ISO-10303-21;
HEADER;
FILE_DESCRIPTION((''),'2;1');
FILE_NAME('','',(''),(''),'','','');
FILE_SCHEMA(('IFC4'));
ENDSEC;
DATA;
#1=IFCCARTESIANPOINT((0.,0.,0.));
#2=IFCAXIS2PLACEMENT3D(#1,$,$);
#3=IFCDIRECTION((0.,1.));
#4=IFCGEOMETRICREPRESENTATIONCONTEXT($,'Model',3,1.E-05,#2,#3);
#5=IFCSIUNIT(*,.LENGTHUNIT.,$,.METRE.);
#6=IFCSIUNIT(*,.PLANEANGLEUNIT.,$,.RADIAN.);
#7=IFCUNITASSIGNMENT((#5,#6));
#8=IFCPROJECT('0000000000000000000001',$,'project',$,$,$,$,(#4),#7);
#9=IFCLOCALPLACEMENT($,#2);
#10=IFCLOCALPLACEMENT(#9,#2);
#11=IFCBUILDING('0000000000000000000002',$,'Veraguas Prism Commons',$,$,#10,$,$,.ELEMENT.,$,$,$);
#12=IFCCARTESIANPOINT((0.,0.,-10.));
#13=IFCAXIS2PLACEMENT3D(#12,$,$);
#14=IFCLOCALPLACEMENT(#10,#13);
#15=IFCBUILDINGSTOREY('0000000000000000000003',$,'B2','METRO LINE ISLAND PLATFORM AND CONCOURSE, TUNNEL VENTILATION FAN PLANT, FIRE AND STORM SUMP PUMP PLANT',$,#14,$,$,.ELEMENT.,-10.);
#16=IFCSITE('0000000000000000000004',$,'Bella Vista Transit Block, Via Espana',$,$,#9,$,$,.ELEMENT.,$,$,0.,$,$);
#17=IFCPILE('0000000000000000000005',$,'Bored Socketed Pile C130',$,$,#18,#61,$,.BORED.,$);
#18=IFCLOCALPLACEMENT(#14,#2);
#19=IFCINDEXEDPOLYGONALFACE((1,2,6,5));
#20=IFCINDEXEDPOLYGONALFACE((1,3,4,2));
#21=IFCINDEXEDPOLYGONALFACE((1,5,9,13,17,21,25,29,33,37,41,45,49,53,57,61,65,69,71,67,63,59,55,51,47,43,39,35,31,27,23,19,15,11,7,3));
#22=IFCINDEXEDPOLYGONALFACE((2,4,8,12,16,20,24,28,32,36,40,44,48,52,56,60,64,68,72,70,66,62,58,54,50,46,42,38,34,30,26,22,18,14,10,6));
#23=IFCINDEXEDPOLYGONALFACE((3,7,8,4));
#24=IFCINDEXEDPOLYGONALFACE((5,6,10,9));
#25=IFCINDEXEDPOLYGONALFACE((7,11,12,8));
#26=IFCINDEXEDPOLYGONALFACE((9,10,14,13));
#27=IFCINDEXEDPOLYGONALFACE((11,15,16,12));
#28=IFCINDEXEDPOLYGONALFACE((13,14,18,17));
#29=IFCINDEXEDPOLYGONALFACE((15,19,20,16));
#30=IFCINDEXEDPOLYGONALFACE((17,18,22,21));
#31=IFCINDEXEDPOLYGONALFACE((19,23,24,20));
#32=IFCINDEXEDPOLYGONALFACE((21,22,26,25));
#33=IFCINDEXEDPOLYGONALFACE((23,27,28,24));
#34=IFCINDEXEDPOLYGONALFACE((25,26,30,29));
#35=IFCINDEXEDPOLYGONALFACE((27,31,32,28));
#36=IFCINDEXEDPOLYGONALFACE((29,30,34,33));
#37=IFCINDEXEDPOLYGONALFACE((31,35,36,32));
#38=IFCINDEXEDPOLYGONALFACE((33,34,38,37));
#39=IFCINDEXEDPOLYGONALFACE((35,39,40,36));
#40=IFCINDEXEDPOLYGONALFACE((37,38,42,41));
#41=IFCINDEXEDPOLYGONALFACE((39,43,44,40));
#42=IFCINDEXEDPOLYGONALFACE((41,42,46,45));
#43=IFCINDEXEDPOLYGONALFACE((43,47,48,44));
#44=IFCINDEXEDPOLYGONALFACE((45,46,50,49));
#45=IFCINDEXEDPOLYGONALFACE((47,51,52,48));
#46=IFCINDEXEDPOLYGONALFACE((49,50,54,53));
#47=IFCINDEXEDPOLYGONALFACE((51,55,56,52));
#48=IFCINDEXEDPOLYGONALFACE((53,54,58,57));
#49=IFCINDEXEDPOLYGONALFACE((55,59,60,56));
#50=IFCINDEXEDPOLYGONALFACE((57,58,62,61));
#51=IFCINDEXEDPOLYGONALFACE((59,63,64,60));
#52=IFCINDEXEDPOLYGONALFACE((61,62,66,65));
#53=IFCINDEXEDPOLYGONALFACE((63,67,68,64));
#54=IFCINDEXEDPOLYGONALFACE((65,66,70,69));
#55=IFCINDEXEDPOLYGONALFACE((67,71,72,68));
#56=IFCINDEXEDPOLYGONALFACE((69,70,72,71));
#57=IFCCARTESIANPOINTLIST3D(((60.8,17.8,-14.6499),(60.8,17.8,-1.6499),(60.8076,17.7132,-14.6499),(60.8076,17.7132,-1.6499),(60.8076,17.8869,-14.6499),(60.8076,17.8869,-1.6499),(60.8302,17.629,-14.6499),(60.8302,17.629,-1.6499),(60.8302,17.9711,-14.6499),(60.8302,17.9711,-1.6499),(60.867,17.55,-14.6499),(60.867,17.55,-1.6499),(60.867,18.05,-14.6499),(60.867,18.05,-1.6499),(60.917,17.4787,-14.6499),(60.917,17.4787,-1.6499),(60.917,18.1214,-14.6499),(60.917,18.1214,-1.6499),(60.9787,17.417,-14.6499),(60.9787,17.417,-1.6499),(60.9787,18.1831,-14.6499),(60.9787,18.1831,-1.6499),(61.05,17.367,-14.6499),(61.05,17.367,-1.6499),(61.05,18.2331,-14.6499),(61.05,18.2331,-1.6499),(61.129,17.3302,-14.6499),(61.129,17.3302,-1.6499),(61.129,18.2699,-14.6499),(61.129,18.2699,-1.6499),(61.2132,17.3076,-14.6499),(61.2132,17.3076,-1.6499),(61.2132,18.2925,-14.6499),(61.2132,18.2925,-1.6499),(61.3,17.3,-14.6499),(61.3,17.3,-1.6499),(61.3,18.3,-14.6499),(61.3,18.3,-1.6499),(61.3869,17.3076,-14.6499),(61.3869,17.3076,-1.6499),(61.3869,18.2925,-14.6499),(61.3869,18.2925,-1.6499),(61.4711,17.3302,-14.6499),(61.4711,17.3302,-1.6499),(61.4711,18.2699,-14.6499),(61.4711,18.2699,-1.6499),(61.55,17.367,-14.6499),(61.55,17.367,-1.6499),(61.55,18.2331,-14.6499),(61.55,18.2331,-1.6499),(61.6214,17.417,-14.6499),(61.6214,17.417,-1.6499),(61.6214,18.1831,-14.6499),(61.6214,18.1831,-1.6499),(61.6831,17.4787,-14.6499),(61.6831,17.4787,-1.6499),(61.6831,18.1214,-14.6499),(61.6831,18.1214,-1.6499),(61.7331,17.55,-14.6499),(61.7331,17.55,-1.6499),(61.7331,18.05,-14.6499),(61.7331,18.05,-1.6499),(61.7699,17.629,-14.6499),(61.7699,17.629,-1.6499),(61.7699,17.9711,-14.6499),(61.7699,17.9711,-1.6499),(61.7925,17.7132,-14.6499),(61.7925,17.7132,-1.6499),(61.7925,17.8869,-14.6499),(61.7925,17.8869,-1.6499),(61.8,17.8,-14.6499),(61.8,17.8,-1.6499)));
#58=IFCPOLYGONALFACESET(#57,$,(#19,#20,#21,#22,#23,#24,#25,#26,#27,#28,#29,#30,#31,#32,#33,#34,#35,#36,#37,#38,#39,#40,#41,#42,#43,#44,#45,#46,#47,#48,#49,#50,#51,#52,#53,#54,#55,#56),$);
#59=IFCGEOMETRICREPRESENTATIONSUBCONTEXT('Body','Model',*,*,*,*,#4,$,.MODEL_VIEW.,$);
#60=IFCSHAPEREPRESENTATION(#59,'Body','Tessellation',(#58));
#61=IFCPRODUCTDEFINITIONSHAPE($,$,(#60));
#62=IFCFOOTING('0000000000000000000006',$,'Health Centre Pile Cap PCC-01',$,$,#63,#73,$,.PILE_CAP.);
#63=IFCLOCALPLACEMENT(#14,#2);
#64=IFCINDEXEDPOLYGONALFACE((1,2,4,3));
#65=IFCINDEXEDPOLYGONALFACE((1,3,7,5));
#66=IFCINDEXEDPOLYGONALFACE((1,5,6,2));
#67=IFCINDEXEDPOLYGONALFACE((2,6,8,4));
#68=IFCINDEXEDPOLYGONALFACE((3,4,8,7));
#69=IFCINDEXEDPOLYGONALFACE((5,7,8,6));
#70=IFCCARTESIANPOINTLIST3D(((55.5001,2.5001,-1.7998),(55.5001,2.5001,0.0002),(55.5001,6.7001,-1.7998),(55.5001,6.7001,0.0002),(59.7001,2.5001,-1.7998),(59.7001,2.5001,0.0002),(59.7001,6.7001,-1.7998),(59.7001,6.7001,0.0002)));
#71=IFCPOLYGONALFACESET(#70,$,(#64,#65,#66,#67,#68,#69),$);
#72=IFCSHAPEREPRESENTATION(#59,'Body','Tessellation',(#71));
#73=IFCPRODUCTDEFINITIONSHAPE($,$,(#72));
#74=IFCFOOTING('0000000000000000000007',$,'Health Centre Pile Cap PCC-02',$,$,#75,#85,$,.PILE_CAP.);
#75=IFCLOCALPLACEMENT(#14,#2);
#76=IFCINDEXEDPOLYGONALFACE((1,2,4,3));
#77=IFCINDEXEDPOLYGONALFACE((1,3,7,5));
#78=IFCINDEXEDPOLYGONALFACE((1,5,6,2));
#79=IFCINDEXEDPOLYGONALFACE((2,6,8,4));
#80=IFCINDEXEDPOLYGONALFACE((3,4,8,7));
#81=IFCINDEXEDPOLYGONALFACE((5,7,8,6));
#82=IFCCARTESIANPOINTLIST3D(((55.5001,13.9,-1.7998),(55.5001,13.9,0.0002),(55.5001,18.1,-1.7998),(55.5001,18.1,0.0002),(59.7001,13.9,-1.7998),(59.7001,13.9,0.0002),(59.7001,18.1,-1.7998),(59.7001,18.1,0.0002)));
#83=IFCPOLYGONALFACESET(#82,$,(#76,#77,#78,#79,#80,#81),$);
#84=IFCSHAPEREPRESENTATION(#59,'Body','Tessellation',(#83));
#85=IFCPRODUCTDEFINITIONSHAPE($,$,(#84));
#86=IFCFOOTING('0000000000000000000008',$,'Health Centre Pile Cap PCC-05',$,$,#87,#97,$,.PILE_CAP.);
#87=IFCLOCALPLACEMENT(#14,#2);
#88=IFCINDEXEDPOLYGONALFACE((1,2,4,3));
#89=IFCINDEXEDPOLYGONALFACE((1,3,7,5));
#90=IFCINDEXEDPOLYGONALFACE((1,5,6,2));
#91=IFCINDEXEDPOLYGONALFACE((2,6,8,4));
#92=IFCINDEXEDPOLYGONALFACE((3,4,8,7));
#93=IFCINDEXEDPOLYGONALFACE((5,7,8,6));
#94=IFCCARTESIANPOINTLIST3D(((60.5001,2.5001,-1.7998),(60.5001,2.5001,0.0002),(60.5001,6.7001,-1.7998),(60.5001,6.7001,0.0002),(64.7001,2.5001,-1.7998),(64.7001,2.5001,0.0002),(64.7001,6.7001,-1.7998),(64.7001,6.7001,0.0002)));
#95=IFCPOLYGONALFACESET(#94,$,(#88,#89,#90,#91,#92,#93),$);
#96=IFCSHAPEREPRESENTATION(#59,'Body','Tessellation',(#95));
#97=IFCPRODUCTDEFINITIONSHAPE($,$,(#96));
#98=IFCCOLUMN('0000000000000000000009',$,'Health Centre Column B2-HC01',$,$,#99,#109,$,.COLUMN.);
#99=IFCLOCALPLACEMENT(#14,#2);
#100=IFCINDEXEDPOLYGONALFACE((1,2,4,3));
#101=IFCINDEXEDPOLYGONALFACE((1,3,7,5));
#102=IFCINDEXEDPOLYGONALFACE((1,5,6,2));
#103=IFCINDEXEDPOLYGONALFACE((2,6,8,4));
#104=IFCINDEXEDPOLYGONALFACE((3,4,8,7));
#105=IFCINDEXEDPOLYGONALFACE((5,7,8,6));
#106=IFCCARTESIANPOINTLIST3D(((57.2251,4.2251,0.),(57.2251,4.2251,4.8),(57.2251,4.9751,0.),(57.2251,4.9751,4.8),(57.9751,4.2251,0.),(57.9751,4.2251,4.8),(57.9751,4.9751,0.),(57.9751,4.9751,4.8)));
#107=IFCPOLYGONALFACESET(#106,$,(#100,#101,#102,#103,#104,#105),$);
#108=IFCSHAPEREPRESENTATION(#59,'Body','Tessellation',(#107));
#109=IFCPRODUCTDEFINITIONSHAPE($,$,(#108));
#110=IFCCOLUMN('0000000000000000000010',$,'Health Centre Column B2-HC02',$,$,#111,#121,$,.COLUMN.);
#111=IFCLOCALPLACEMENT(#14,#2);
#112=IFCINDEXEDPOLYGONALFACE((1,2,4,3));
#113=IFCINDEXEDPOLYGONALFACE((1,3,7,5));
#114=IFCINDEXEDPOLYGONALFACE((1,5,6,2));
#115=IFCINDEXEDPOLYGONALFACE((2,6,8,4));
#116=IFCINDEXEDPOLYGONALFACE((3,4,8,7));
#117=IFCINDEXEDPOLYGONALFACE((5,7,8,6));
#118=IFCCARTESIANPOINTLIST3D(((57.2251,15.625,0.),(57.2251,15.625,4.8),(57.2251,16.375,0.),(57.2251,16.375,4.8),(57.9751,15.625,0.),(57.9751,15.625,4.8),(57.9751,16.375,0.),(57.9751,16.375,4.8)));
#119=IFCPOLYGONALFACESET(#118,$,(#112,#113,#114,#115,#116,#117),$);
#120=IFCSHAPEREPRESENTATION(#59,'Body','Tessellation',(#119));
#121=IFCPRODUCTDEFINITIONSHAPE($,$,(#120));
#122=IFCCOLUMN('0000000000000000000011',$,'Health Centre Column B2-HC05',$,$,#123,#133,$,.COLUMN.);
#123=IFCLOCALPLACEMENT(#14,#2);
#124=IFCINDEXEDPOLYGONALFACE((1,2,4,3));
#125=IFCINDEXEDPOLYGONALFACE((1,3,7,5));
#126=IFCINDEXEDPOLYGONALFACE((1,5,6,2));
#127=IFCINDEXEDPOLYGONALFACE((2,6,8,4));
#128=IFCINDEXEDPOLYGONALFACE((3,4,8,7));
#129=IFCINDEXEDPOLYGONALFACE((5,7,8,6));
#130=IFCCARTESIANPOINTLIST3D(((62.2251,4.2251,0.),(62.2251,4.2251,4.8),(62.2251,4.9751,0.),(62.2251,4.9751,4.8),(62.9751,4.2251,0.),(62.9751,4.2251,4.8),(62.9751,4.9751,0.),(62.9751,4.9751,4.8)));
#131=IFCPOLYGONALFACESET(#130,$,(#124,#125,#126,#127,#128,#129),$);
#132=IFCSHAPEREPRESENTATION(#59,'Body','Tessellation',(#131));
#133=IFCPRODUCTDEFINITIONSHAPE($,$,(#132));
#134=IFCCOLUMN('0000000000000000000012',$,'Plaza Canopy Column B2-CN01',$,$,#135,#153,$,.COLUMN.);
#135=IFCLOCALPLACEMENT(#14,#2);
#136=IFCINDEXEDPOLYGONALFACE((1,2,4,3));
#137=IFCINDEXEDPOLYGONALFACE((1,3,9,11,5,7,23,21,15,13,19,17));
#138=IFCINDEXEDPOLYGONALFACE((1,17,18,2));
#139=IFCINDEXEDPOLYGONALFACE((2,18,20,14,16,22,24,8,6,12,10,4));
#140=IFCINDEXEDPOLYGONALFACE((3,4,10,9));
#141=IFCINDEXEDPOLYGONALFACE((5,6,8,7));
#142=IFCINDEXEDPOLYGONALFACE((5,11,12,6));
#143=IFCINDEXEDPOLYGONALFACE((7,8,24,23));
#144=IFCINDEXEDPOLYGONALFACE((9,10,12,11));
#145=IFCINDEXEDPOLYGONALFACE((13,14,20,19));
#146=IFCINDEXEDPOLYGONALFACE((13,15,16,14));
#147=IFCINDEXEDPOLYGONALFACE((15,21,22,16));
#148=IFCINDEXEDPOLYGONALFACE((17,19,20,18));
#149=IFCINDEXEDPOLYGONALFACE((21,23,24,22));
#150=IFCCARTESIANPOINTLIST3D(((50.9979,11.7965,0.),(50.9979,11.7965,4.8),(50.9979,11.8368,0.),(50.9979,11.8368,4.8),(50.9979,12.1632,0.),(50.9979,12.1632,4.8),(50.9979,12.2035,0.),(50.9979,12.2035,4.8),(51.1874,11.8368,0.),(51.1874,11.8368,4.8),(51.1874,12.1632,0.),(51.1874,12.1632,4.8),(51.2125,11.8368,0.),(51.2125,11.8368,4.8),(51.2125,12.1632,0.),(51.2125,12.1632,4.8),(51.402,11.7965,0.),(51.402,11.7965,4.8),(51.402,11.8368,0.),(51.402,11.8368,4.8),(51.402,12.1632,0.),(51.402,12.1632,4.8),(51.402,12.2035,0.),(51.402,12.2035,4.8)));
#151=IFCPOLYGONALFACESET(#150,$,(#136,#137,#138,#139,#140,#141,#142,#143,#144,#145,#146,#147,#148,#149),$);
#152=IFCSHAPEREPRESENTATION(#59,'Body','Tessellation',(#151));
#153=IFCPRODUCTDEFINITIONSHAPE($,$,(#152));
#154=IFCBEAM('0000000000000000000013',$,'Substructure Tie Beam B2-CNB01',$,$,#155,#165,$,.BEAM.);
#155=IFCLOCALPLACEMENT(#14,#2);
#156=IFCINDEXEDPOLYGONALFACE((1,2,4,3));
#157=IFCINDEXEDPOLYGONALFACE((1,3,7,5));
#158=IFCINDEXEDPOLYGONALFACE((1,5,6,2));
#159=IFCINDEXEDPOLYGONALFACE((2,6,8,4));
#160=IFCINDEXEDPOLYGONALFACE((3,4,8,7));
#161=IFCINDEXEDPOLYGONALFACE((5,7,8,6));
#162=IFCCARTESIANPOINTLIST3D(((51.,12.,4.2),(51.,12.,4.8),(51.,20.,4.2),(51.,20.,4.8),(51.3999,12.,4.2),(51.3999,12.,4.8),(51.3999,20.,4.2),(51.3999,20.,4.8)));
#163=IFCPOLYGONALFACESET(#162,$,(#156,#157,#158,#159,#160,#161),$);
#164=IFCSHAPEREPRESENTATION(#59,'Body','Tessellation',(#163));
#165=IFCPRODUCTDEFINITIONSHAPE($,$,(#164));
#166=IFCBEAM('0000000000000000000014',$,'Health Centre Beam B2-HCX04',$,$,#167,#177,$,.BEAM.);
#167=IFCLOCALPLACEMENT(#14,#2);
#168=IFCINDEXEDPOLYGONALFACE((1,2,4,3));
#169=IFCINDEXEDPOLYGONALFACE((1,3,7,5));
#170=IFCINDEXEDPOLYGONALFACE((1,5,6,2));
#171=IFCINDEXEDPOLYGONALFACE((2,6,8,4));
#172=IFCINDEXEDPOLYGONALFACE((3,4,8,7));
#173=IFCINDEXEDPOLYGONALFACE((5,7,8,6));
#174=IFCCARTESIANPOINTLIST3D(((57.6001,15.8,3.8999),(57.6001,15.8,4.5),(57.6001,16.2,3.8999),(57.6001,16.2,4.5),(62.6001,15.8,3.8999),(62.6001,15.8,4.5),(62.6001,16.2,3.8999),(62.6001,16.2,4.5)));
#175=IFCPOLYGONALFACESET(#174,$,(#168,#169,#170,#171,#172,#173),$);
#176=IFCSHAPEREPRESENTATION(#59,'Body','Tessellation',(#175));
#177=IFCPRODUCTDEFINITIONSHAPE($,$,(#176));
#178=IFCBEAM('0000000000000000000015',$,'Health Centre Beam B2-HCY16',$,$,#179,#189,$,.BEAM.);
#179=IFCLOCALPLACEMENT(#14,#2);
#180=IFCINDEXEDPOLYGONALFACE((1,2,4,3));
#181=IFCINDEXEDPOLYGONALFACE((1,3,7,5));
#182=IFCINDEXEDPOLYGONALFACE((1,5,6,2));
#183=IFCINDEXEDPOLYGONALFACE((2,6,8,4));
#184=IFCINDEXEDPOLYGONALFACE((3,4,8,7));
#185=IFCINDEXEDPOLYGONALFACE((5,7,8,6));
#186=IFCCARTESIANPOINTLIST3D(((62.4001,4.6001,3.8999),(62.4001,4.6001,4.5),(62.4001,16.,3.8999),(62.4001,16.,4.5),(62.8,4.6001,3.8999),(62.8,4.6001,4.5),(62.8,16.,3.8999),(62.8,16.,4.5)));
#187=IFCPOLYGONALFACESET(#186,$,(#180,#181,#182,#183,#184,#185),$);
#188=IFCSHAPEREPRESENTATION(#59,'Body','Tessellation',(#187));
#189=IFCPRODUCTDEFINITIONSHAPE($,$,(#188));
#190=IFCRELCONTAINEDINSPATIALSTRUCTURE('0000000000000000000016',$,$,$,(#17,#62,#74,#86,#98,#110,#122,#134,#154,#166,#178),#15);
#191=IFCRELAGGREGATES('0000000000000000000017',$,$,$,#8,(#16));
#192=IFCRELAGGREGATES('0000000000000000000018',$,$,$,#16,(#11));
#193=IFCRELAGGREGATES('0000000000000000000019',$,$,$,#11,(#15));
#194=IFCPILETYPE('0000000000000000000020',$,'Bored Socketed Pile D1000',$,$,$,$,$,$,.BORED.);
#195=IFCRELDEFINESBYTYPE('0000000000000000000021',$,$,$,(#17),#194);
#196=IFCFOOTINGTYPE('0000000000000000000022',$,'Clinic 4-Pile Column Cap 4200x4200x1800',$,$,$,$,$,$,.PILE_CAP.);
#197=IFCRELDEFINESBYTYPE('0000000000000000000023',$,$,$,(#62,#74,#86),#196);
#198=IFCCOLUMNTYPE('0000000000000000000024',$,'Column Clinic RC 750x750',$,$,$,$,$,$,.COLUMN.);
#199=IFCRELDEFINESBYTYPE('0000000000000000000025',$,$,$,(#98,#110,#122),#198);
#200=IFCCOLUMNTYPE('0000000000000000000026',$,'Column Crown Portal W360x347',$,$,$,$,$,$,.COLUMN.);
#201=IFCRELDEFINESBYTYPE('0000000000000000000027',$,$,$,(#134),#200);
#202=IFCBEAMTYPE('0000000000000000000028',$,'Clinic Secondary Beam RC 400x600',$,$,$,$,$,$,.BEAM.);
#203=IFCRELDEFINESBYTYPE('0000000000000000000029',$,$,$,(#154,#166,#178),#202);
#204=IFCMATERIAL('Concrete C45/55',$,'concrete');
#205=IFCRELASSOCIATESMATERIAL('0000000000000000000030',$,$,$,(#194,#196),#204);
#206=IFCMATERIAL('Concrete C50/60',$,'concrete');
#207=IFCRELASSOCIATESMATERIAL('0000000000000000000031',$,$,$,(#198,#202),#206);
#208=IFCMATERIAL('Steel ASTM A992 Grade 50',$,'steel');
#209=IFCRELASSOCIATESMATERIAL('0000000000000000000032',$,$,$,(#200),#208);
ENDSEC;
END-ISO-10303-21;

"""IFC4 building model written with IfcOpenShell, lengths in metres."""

from ifc_helpers import new_model, si_unit, direction, frame, origin, origin_2d, place, context, subcontext, project, spatial, rectangle, circle, i_section, extrude, source, transform, mapped, material, material_profile, profile_set, type_object, element, save


model = new_model("IFC4")

# Units and contexts
model_context = context("Model", 3, precision=1e-05, world=origin(), true_north=direction((0.0, 1.0)))
body_context = subcontext(model_context, "Body", "Model", "MODEL_VIEW")
ifc_project = project(units=[si_unit("LENGTHUNIT", "METRE"), si_unit("PLANEANGLEUNIT", "RADIAN")], contexts=[model_context])

# Site, building, storey
site_placement = place(None, origin())
site = spatial("IfcSite", under=ifc_project, at=site_placement, Name="Bella Vista Transit Block, Via Espana", CompositionType="ELEMENT", RefElevation=0.0)
building_placement = place(site_placement, origin())
building = spatial("IfcBuilding", under=site, at=building_placement, Name="Veraguas Prism Commons", CompositionType="ELEMENT")
storey_placement = place(building_placement, frame((0.0, 0.0, -10.0)))
storey = spatial("IfcBuildingStorey", under=building, at=storey_placement, Name="B2", Description="METRO LINE ISLAND PLATFORM AND CONCOURSE, TUNNEL VENTILATION FAN PLANT, FIRE AND STORM SUMP PUMP PLANT", CompositionType="ELEMENT", Elevation=-10.0)

# Shared definitions
ifc_material_1 = material(Name="Concrete C45/55", Category="concrete")

# Pile
ifc_material_profile_1 = material_profile(ifc_material_1, circle(Radius=0.5, at=origin_2d()), Name="PILE1000")
ifc_profile_set_1 = profile_set([ifc_material_profile_1], Name="Concrete C45/55")
pile_type = type_object("IfcPileType", Name="Bored Socketed Pile D1000", PredefinedType="BORED", material=ifc_profile_set_1)
shared_shape_1 = source(origin(), body_context, "Body", "SweptSolid", [
    extrude(circle(Radius=0.5, at=origin_2d()), origin(), (0.0, 0.0, 1.0), 13.0),
])
for number, where, z_axis, x_axis, name in (
    (1, (61.3, 17.8, -1.6499), (0.0, 0.0, -1.0), (1.0, 0.0, 0.0), "Bored Socketed Pile C130"),
):
    element("IfcPile", number, at=place(storey_placement, frame(where, z_axis=z_axis, x_axis=x_axis)), inside=storey, type_object=pile_type, Name=name, PredefinedType="BORED", context=body_context, shape_type="MappedRepresentation", body=[
        mapped(shared_shape_1, transform((0.0, 0.0, 0.0), scale=1.0)),
    ])

# Footings
footing_type_1 = type_object("IfcFootingType", Name="Clinic 4-Pile Column Cap 4200x4200x1800", PredefinedType="PILE_CAP", material=ifc_material_1)
shared_shape_2 = source(origin(), body_context, "Body", "SweptSolid", [
    extrude(rectangle(XDim=4.2, YDim=4.2, at=origin_2d()), origin(), (0.0, 0.0, 1.0), 1.8),
])
for number, where, z_axis, x_axis, name in (
    (2, (57.6001, 4.6001, -1.7998), (0.0, 0.0, 1.0), (1.0, 0.0, 0.0), "Health Centre Pile Cap PCC-01"),
    (3, (57.6001, 16.0, -1.7998), (0.0, 0.0, 1.0), (1.0, 0.0, 0.0), "Health Centre Pile Cap PCC-02"),
    (4, (62.6001, 4.6001, -1.7998), (0.0, 0.0, 1.0), (1.0, 0.0, 0.0), "Health Centre Pile Cap PCC-05"),
):
    element("IfcFooting", number, at=place(storey_placement, frame(where, z_axis=z_axis, x_axis=x_axis)), inside=storey, type_object=footing_type_1, Name=name, PredefinedType="PILE_CAP", context=body_context, shape_type="MappedRepresentation", body=[
        mapped(shared_shape_2, transform((0.0, 0.0, 0.0), scale=1.0)),
    ])

# Columns
ifc_material_2 = material(Name="Concrete C50/60", Category="concrete")
ifc_material_profile_2 = material_profile(ifc_material_2, rectangle(XDim=0.75, YDim=0.75, at=origin_2d()), Name="RC750X750")
ifc_profile_set_2 = profile_set([ifc_material_profile_2], Name="Concrete C50/60")
column_type_1 = type_object("IfcColumnType", Name="Column Clinic RC 750x750", PredefinedType="COLUMN", material=ifc_profile_set_2)
for number, where, z_axis, x_axis, name in (
    (5, (57.6001, 4.6001, 0.0), (0.0, 0.0, 1.0), (1.0, 0.0, 0.0), "Health Centre Column B2-HC01"),
    (6, (57.6001, 16.0, 0.0), (0.0, 0.0, 1.0), (1.0, 0.0, 0.0), "Health Centre Column B2-HC02"),
    (7, (62.6001, 4.6001, 0.0), (0.0, 0.0, 1.0), (1.0, 0.0, 0.0), "Health Centre Column B2-HC05"),
):
    element("IfcColumn", number, at=place(storey_placement, frame(where, z_axis=z_axis, x_axis=x_axis)), inside=storey, type_object=column_type_1, Name=name, PredefinedType="COLUMN", context=body_context, shape_type="SweptSolid", body=[
        extrude(rectangle(XDim=0.75, YDim=0.75, at=origin_2d()), origin(), (0.0, 0.0, 1.0), 4.8),
    ])
ifc_material_3 = material(Name="Steel ASTM A992 Grade 50", Category="steel")
ifc_material_profile_3 = material_profile(ifc_material_3, i_section(OverallWidth=0.4041, OverallDepth=0.407, WebThickness=0.0251, FlangeThickness=0.0403, at=origin_2d()), Name="W360X347")
ifc_profile_set_3 = profile_set([ifc_material_profile_3], Name="Steel ASTM A992 Grade 50")
column_type_2 = type_object("IfcColumnType", Name="Column Crown Portal W360x347", PredefinedType="COLUMN", material=ifc_profile_set_3)
column_placement = place(storey_placement, frame((51.2, 12.0, 0.0), z_axis=(0.0, 0.0, 1.0), x_axis=(1.0, 0.0, 0.0)))
element("IfcColumn", 8, at=column_placement, inside=storey, type_object=column_type_2, Name="Plaza Canopy Column B2-CN01", PredefinedType="COLUMN", context=body_context, shape_type="SweptSolid", body=[
    extrude(i_section(OverallWidth=0.4041, OverallDepth=0.407, WebThickness=0.0251, FlangeThickness=0.0403, at=origin_2d()), origin(), (0.0, 0.0, 1.0), 4.8),
])

# Beams
ifc_material_profile_4 = material_profile(ifc_material_2, rectangle(XDim=0.3999, YDim=0.6001, at=origin_2d()), Name="RC400X600")
ifc_profile_set_4 = profile_set([ifc_material_profile_4], Name="Concrete C50/60")
beam_type_1 = type_object("IfcBeamType", Name="Clinic Secondary Beam RC 400x600", PredefinedType="BEAM", material=ifc_profile_set_4)
beam_1_placement = place(storey_placement, frame((51.2, 12.0, 4.5), z_axis=(0.0, 1.0, 0.0), x_axis=(-1.0, 0.0, 0.0)))
element("IfcBeam", 9, at=beam_1_placement, inside=storey, type_object=beam_type_1, Name="Substructure Tie Beam B2-CNB01", PredefinedType="BEAM", context=body_context, shape_type="SweptSolid", body=[
    extrude(rectangle(XDim=0.3999, YDim=0.6001, at=origin_2d()), origin(), (0.0, 0.0, 1.0), 8.0),
])
beam_2_placement = place(storey_placement, frame((57.6001, 16.0, 4.2), z_axis=(1.0, 0.0, 0.0), x_axis=(0.0, 1.0, 0.0)))
element("IfcBeam", 10, at=beam_2_placement, inside=storey, type_object=beam_type_1, Name="Health Centre Beam B2-HCX04", PredefinedType="BEAM", context=body_context, shape_type="SweptSolid", body=[
    extrude(rectangle(XDim=0.3999, YDim=0.6001, at=origin_2d()), origin(), (0.0, 0.0, 1.0), 5.0),
])
beam_3_placement = place(storey_placement, frame((62.6001, 4.6001, 4.2), z_axis=(0.0, 1.0, 0.0), x_axis=(-1.0, 0.0, 0.0)))
element("IfcBeam", 11, at=beam_3_placement, inside=storey, type_object=beam_type_1, Name="Health Centre Beam B2-HCY16", PredefinedType="BEAM", context=body_context, shape_type="SweptSolid", body=[
    extrude(rectangle(XDim=0.3999, YDim=0.6001, at=origin_2d()), origin(), (0.0, 0.0, 1.0), 11.3999),
])

save(model, "model.ifc")
